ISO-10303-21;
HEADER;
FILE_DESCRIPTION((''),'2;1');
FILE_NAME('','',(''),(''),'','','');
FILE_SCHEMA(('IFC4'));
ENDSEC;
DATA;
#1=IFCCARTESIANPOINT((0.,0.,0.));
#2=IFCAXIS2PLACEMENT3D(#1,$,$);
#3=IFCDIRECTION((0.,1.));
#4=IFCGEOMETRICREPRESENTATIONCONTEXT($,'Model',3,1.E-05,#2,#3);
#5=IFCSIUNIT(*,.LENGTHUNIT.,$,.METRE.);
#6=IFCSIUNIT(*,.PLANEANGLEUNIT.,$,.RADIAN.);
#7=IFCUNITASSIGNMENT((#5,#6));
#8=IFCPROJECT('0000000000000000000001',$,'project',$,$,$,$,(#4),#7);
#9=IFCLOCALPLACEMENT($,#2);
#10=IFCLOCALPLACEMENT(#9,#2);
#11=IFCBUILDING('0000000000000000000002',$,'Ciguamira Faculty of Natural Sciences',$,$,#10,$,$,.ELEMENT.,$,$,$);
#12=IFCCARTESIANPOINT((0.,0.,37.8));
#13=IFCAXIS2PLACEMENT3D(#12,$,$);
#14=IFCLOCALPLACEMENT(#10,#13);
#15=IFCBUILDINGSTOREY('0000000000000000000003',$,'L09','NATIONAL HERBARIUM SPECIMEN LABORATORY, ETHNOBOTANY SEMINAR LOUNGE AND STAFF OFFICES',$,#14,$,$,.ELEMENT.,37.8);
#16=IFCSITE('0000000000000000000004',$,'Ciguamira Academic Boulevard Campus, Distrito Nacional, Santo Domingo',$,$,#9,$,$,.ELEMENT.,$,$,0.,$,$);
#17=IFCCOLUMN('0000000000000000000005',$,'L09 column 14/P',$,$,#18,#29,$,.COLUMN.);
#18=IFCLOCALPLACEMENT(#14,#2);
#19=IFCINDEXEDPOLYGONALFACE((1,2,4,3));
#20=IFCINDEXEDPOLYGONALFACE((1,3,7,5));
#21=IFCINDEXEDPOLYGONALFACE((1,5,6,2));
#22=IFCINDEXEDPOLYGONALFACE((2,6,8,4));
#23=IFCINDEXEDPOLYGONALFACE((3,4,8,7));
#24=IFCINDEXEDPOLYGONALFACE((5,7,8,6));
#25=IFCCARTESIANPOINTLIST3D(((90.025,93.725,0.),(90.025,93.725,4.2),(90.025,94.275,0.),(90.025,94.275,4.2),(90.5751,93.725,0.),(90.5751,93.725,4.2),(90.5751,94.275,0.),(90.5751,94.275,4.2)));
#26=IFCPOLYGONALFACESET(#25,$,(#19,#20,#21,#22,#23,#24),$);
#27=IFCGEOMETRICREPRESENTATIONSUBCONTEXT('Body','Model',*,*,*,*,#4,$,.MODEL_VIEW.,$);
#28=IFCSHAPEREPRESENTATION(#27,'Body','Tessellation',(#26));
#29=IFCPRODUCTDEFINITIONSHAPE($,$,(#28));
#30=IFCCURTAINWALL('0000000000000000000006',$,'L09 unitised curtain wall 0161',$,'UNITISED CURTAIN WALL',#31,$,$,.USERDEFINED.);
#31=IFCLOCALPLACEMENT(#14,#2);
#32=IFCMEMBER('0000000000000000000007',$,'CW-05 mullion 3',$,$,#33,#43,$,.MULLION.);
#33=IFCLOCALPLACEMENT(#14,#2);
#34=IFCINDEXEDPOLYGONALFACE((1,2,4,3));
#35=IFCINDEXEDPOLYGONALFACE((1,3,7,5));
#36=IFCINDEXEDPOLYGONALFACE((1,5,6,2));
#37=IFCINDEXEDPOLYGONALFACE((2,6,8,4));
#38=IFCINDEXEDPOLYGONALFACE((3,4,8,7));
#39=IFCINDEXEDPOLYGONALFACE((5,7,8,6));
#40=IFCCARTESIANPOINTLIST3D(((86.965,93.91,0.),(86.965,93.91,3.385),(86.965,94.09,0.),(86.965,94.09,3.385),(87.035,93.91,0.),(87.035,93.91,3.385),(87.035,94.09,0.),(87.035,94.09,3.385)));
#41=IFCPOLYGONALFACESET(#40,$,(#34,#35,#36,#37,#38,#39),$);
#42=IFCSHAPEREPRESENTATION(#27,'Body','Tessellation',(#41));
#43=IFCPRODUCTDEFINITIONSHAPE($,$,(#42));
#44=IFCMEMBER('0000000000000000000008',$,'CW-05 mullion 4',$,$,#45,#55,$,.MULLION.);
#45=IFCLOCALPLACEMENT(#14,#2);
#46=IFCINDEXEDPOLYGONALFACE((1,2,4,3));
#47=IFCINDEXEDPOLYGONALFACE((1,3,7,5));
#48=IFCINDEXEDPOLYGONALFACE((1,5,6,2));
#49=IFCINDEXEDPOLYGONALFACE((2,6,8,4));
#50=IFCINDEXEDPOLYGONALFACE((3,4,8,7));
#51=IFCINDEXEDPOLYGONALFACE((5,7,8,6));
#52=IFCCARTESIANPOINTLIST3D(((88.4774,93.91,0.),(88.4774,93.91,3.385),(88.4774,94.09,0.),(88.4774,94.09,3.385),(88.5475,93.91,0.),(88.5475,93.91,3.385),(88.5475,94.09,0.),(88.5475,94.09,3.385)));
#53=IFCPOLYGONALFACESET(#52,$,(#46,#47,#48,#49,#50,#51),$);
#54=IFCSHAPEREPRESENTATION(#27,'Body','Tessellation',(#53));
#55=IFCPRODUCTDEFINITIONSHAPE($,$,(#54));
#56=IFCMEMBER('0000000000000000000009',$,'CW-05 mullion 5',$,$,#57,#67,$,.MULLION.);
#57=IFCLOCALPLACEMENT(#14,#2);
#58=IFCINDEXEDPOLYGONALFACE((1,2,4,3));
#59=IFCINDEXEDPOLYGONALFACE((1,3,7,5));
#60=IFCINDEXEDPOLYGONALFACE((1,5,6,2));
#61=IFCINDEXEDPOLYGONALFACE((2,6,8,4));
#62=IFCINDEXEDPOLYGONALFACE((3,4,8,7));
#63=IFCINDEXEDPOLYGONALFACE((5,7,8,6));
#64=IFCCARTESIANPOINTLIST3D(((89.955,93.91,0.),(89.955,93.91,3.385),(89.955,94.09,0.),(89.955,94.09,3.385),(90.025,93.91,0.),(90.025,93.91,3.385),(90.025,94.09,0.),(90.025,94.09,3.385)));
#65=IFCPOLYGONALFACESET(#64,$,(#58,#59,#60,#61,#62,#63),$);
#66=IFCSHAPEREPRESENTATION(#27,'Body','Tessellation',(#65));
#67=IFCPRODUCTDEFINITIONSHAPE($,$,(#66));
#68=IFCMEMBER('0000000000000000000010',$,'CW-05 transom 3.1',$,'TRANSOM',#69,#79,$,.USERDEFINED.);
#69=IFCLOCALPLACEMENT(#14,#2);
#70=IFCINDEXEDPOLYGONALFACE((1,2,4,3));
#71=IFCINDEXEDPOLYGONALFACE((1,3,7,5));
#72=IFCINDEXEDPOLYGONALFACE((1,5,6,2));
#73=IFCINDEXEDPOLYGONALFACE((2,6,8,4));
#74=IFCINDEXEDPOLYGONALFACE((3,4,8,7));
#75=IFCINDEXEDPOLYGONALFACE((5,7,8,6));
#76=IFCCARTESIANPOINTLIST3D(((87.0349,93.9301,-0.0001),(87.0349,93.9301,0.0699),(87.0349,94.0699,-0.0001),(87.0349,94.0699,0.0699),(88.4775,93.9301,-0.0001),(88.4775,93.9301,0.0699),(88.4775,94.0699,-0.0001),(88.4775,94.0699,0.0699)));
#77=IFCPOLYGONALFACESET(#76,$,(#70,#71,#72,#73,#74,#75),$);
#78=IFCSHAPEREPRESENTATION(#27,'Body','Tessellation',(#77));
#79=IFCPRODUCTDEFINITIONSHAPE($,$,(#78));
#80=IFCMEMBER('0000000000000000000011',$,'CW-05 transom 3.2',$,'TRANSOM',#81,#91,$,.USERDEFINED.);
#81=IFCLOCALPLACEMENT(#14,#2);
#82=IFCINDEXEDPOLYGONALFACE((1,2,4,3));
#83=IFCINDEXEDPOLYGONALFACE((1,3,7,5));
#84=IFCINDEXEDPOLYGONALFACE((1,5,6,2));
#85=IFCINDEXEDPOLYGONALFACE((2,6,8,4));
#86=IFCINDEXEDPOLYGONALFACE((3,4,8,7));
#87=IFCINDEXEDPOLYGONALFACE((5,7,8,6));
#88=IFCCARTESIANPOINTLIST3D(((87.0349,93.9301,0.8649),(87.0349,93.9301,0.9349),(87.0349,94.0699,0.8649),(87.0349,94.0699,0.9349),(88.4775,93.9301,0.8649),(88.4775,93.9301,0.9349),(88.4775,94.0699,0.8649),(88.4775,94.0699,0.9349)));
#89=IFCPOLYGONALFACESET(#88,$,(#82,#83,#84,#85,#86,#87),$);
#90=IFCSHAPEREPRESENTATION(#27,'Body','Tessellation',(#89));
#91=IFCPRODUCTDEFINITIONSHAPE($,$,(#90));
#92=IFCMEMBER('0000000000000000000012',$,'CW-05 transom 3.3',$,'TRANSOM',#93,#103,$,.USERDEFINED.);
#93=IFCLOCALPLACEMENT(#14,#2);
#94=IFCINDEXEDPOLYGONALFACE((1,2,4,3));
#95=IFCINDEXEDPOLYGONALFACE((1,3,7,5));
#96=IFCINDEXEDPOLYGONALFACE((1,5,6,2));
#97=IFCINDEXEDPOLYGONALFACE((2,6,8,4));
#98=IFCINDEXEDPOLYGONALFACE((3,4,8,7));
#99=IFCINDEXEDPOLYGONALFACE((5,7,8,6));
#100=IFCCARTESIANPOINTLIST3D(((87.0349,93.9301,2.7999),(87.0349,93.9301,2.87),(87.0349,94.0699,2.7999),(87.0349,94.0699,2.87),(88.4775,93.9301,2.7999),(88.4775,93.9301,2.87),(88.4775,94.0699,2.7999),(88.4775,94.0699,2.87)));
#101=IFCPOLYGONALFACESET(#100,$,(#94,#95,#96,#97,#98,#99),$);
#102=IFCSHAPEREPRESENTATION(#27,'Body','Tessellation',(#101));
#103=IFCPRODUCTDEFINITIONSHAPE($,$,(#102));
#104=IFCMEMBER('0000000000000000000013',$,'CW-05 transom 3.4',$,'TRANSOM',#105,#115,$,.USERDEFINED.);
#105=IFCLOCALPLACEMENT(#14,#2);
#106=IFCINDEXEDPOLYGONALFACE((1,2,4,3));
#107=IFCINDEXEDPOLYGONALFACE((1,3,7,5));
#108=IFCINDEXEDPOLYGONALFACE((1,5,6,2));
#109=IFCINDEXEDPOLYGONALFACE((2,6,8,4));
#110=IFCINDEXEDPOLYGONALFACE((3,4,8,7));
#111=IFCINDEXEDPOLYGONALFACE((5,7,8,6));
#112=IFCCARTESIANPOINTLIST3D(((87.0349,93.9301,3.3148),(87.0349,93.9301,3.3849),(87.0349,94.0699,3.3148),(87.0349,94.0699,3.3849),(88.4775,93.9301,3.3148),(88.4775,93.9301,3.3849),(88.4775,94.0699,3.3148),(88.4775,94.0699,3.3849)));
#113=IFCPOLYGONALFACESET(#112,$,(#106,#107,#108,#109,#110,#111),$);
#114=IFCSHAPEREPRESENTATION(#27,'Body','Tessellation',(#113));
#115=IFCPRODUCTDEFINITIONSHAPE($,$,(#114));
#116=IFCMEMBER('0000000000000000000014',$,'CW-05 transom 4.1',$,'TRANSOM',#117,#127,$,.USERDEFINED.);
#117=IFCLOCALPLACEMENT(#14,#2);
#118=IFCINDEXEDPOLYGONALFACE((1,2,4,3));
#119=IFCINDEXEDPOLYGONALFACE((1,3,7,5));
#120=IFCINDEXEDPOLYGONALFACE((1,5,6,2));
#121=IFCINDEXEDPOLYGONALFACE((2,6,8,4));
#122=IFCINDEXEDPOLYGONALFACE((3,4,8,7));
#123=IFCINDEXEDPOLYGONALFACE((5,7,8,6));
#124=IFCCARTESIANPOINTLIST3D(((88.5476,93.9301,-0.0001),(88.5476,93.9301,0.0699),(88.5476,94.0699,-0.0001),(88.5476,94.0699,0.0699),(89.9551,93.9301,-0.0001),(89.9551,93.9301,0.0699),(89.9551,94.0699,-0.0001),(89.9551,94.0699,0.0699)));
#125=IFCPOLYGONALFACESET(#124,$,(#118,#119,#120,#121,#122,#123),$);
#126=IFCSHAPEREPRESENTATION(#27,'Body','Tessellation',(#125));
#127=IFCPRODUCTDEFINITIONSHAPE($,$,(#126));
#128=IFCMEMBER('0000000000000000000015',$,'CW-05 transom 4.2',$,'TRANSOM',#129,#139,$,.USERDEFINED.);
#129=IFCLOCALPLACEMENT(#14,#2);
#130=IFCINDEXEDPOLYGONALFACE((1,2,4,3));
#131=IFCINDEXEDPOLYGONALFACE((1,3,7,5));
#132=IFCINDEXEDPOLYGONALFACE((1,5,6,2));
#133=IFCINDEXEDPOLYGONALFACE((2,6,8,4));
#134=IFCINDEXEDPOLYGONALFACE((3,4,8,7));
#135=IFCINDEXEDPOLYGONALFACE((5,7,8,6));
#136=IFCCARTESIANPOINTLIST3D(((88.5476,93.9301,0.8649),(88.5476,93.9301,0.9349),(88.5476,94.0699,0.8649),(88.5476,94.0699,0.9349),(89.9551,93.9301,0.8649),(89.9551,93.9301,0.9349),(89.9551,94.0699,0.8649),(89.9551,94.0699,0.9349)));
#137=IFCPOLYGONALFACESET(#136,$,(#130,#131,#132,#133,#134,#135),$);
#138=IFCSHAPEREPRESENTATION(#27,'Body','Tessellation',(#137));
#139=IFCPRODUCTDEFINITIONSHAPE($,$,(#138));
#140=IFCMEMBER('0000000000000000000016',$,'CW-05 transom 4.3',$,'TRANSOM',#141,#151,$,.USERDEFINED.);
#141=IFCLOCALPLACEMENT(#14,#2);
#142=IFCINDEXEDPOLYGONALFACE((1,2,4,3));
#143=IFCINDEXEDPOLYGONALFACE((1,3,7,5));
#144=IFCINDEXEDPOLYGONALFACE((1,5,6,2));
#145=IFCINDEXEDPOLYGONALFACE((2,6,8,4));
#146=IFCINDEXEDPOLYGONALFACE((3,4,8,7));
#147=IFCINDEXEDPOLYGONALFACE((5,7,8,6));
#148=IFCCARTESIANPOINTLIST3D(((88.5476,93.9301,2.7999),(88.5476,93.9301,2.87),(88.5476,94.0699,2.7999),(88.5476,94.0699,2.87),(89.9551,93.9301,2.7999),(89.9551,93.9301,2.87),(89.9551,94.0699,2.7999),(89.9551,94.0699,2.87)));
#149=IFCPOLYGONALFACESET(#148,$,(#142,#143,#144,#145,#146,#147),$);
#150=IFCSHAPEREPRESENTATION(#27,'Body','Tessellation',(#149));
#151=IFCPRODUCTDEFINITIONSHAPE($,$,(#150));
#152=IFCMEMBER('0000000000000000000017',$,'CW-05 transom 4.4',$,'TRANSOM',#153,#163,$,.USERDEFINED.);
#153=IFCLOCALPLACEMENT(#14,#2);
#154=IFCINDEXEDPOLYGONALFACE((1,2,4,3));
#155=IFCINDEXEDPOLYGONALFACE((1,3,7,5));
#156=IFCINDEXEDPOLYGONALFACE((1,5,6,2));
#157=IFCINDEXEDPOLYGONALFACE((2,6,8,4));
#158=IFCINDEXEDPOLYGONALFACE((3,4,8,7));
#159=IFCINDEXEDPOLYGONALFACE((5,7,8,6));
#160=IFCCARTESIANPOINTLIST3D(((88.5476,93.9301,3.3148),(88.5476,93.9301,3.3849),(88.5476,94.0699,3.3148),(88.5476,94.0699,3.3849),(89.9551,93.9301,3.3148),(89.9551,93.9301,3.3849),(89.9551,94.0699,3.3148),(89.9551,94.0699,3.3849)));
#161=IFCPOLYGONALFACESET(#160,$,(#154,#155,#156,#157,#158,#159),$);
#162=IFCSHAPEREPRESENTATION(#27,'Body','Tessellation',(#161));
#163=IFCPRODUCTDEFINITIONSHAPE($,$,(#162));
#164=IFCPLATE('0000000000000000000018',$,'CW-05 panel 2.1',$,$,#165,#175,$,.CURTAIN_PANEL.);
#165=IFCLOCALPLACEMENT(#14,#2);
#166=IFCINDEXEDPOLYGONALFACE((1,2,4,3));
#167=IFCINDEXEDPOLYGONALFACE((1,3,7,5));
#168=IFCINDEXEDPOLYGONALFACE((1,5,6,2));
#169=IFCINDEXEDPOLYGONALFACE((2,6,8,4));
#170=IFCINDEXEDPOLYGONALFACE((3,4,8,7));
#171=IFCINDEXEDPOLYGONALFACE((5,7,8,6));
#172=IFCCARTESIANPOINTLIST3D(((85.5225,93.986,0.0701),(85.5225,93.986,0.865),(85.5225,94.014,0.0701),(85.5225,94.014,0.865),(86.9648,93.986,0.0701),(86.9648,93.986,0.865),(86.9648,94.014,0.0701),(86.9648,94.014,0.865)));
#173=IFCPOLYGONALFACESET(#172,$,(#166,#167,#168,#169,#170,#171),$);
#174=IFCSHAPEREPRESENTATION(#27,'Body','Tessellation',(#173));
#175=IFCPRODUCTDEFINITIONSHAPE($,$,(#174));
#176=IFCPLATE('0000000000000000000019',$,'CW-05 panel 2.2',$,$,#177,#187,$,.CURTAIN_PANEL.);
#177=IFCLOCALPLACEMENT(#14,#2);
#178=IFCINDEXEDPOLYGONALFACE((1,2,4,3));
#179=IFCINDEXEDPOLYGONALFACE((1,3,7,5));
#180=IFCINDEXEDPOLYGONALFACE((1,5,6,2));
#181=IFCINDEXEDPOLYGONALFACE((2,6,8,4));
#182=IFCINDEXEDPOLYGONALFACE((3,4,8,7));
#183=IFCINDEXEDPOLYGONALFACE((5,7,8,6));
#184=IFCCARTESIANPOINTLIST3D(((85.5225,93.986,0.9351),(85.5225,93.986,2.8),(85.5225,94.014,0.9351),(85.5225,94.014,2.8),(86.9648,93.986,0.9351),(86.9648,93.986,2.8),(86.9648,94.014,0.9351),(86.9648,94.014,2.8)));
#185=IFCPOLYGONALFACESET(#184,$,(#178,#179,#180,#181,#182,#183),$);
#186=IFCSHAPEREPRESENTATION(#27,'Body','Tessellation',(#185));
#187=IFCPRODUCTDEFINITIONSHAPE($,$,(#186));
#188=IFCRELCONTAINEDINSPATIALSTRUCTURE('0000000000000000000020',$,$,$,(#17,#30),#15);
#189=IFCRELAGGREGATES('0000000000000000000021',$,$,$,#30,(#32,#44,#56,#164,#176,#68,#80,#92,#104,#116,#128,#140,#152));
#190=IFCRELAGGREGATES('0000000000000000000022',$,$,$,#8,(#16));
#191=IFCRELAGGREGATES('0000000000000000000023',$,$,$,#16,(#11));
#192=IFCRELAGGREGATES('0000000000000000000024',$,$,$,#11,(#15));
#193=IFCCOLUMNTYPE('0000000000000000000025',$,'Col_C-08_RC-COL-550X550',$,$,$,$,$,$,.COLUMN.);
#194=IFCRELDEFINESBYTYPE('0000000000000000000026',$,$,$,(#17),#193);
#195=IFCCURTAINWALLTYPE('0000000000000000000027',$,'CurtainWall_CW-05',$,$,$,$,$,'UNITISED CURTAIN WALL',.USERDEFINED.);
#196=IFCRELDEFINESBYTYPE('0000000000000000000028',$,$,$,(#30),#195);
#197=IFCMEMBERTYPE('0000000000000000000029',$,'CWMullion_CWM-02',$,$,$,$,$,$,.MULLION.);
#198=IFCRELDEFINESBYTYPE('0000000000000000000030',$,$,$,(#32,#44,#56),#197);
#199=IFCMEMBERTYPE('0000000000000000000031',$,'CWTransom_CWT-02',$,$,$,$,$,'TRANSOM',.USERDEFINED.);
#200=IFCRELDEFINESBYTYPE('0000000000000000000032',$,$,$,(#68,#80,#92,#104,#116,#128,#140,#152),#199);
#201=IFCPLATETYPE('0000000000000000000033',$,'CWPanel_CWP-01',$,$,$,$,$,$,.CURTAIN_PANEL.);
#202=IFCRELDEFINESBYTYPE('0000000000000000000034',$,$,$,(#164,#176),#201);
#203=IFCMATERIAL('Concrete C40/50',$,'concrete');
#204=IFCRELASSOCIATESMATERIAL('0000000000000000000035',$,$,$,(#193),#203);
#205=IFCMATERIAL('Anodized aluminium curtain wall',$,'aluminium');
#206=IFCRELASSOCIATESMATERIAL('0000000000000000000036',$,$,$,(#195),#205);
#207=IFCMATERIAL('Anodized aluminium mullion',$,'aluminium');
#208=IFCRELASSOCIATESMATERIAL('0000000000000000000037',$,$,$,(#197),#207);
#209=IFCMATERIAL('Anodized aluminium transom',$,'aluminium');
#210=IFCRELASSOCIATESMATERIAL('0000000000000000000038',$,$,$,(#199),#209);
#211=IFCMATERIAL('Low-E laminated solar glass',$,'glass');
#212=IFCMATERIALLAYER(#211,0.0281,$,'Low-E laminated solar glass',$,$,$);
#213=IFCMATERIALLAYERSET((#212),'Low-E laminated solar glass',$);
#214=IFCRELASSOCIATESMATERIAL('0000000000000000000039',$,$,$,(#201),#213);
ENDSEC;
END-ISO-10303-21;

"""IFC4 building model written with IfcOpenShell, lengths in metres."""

from ifc_helpers import new_model, si_unit, direction, frame, origin, origin_2d, place, context, subcontext, project, spatial, rectangle, extrude, material, layer, layer_set, material_profile, profile_set, type_object, element, aggregate, save


model = new_model("IFC4")

# Units and contexts
model_context = context("Model", 3, precision=1e-05, world=origin(), true_north=direction((0.0, 1.0)))
body_context = subcontext(model_context, "Body", "Model", "MODEL_VIEW")
ifc_project = project(units=[si_unit("LENGTHUNIT", "METRE"), si_unit("PLANEANGLEUNIT", "RADIAN")], contexts=[model_context])

# Site, building, storey
site_placement = place(None, origin())
site = spatial("IfcSite", under=ifc_project, at=site_placement, Name="Ciguamira Academic Boulevard Campus, Distrito Nacional, Santo Domingo", CompositionType="ELEMENT", RefElevation=0.0)
building_placement = place(site_placement, origin())
building = spatial("IfcBuilding", under=site, at=building_placement, Name="Ciguamira Faculty of Natural Sciences", CompositionType="ELEMENT")
storey_placement = place(building_placement, frame((0.0, 0.0, 37.8)))
storey = spatial("IfcBuildingStorey", under=building, at=storey_placement, Name="L09", Description="NATIONAL HERBARIUM SPECIMEN LABORATORY, ETHNOBOTANY SEMINAR LOUNGE AND STAFF OFFICES", CompositionType="ELEMENT", Elevation=37.8)

# Column
ifc_material_1 = material(Name="Concrete C40/50", Category="concrete")
ifc_material_profile_1 = material_profile(ifc_material_1, rectangle(XDim=0.55, YDim=0.55, at=origin_2d()), Name="RC-COL-550X550")
ifc_profile_set_1 = profile_set([ifc_material_profile_1], Name="Concrete C40/50")
column_type = type_object("IfcColumnType", Name="Col_C-08_RC-COL-550X550", PredefinedType="COLUMN", material=ifc_profile_set_1)
column_placement = place(storey_placement, frame((90.3, 94.0, 0.0), z_axis=(0.0, 0.0, 1.0), x_axis=(1.0, 0.0, 0.0)))
element("IfcColumn", 1, at=column_placement, inside=storey, type_object=column_type, Name="L09 column 14/P", PredefinedType="COLUMN", context=body_context, shape_type="SweptSolid", body=[
    extrude(rectangle(XDim=0.55, YDim=0.55, at=origin_2d()), origin(), (0.0, 0.0, 1.0), 4.2),
])

# Curtain wall, members, plates
ifc_material_2 = material(Name="Anodized aluminium curtain wall", Category="aluminium")
curtain_wall_type = type_object("IfcCurtainWallType", Name="CurtainWall_CW-05", ElementType="UNITISED CURTAIN WALL", PredefinedType="USERDEFINED", material=ifc_material_2)
curtain_wall_placement = place(storey_placement, origin())
curtain_wall = element("IfcCurtainWall", 2, at=curtain_wall_placement, inside=storey, type_object=curtain_wall_type, Name="L09 unitised curtain wall 0161", ObjectType="UNITISED CURTAIN WALL", PredefinedType="USERDEFINED")
ifc_material_3 = material(Name="Anodized aluminium mullion", Category="aluminium")
ifc_material_profile_2 = material_profile(ifc_material_3, rectangle(XDim=0.0701, YDim=0.1799, at=origin_2d()), Name="ALU-MUL-70X180")
ifc_profile_set_2 = profile_set([ifc_material_profile_2], Name="Anodized aluminium mullion")
member_type_1 = type_object("IfcMemberType", Name="CWMullion_CWM-02", PredefinedType="MULLION", material=ifc_profile_set_2)
member_1_placement = place(storey_placement, frame((87.0, 94.0, 0.0), z_axis=(0.0, 0.0, 1.0), x_axis=(1.0, 0.0, 0.0)))
member_1 = element("IfcMember", 3, at=member_1_placement, type_object=member_type_1, Name="CW-05 mullion 3", PredefinedType="MULLION", context=body_context, shape_type="SweptSolid", body=[
    extrude(rectangle(XDim=0.0701, YDim=0.1799, at=origin_2d()), origin(), (0.0, 0.0, 1.0), 3.385),
])
member_2_placement = place(storey_placement, frame((88.5125, 94.0, 0.0), z_axis=(0.0, 0.0, 1.0), x_axis=(1.0, 0.0, 0.0)))
member_2 = element("IfcMember", 4, at=member_2_placement, type_object=member_type_1, Name="CW-05 mullion 4", PredefinedType="MULLION", context=body_context, shape_type="SweptSolid", body=[
    extrude(rectangle(XDim=0.0701, YDim=0.1799, at=origin_2d()), origin(), (0.0, 0.0, 1.0), 3.385),
])
member_3_placement = place(storey_placement, frame((89.99, 94.0, 0.0), z_axis=(0.0, 0.0, 1.0), x_axis=(1.0, 0.0, 0.0)))
member_3 = element("IfcMember", 5, at=member_3_placement, type_object=member_type_1, Name="CW-05 mullion 5", PredefinedType="MULLION", context=body_context, shape_type="SweptSolid", body=[
    extrude(rectangle(XDim=0.0701, YDim=0.1799, at=origin_2d()), origin(), (0.0, 0.0, 1.0), 3.385),
])
ifc_material_4 = material(Name="Anodized aluminium transom", Category="aluminium")
ifc_material_profile_3 = material_profile(ifc_material_4, rectangle(XDim=0.0701, YDim=0.1399, at=origin_2d()), Name="ALU-TRN-70X140")
ifc_profile_set_3 = profile_set([ifc_material_profile_3], Name="Anodized aluminium transom")
member_type_2 = type_object("IfcMemberType", Name="CWTransom_CWT-02", ElementType="TRANSOM", PredefinedType="USERDEFINED", material=ifc_profile_set_3)
member_4_placement = place(storey_placement, frame((87.0349, 94.0, 0.0349), z_axis=(1.0, 0.0, 0.0), x_axis=(0.0, 0.0, 1.0)))
member_4 = element("IfcMember", 6, at=member_4_placement, type_object=member_type_2, Name="CW-05 transom 3.1", ObjectType="TRANSOM", PredefinedType="USERDEFINED", context=body_context, shape_type="SweptSolid", body=[
    extrude(rectangle(XDim=0.0701, YDim=0.1399, at=origin_2d()), origin(), (0.0, 0.0, 1.0), 1.4426),
])
member_5_placement = place(storey_placement, frame((87.0349, 94.0, 0.8999), z_axis=(1.0, 0.0, 0.0), x_axis=(0.0, 0.0, 1.0)))
member_5 = element("IfcMember", 7, at=member_5_placement, type_object=member_type_2, Name="CW-05 transom 3.2", ObjectType="TRANSOM", PredefinedType="USERDEFINED", context=body_context, shape_type="SweptSolid", body=[
    extrude(rectangle(XDim=0.0701, YDim=0.1399, at=origin_2d()), origin(), (0.0, 0.0, 1.0), 1.4426),
])
member_6_placement = place(storey_placement, frame((87.0349, 94.0, 2.835), z_axis=(1.0, 0.0, 0.0), x_axis=(0.0, 0.0, 1.0)))
member_6 = element("IfcMember", 8, at=member_6_placement, type_object=member_type_2, Name="CW-05 transom 3.3", ObjectType="TRANSOM", PredefinedType="USERDEFINED", context=body_context, shape_type="SweptSolid", body=[
    extrude(rectangle(XDim=0.0701, YDim=0.1399, at=origin_2d()), origin(), (0.0, 0.0, 1.0), 1.4426),
])
member_7_placement = place(storey_placement, frame((87.0349, 94.0, 3.3499), z_axis=(1.0, 0.0, 0.0), x_axis=(0.0, 0.0, 1.0)))
member_7 = element("IfcMember", 9, at=member_7_placement, type_object=member_type_2, Name="CW-05 transom 3.4", ObjectType="TRANSOM", PredefinedType="USERDEFINED", context=body_context, shape_type="SweptSolid", body=[
    extrude(rectangle(XDim=0.0701, YDim=0.1399, at=origin_2d()), origin(), (0.0, 0.0, 1.0), 1.4426),
])
member_8_placement = place(storey_placement, frame((88.5476, 94.0, 0.0349), z_axis=(1.0, 0.0, 0.0), x_axis=(0.0, 0.0, 1.0)))
member_8 = element("IfcMember", 10, at=member_8_placement, type_object=member_type_2, Name="CW-05 transom 4.1", ObjectType="TRANSOM", PredefinedType="USERDEFINED", context=body_context, shape_type="SweptSolid", body=[
    extrude(rectangle(XDim=0.0701, YDim=0.1399, at=origin_2d()), origin(), (0.0, 0.0, 1.0), 1.4075),
])
member_9_placement = place(storey_placement, frame((88.5476, 94.0, 0.8999), z_axis=(1.0, 0.0, 0.0), x_axis=(0.0, 0.0, 1.0)))
member_9 = element("IfcMember", 11, at=member_9_placement, type_object=member_type_2, Name="CW-05 transom 4.2", ObjectType="TRANSOM", PredefinedType="USERDEFINED", context=body_context, shape_type="SweptSolid", body=[
    extrude(rectangle(XDim=0.0701, YDim=0.1399, at=origin_2d()), origin(), (0.0, 0.0, 1.0), 1.4075),
])
member_10_placement = place(storey_placement, frame((88.5476, 94.0, 2.835), z_axis=(1.0, 0.0, 0.0), x_axis=(0.0, 0.0, 1.0)))
member_10 = element("IfcMember", 12, at=member_10_placement, type_object=member_type_2, Name="CW-05 transom 4.3", ObjectType="TRANSOM", PredefinedType="USERDEFINED", context=body_context, shape_type="SweptSolid", body=[
    extrude(rectangle(XDim=0.0701, YDim=0.1399, at=origin_2d()), origin(), (0.0, 0.0, 1.0), 1.4075),
])
member_11_placement = place(storey_placement, frame((88.5476, 94.0, 3.3499), z_axis=(1.0, 0.0, 0.0), x_axis=(0.0, 0.0, 1.0)))
member_11 = element("IfcMember", 13, at=member_11_placement, type_object=member_type_2, Name="CW-05 transom 4.4", ObjectType="TRANSOM", PredefinedType="USERDEFINED", context=body_context, shape_type="SweptSolid", body=[
    extrude(rectangle(XDim=0.0701, YDim=0.1399, at=origin_2d()), origin(), (0.0, 0.0, 1.0), 1.4075),
])
ifc_material_5 = material(Name="Low-E laminated solar glass", Category="glass")
ifc_layer_1 = layer(ifc_material_5, 0.0281, Name="Low-E laminated solar glass")
ifc_layer_set_1 = layer_set([ifc_layer_1], Name="Low-E laminated solar glass")
plate_type = type_object("IfcPlateType", Name="CWPanel_CWP-01", PredefinedType="CURTAIN_PANEL", material=ifc_layer_set_1)
plate_1_placement = place(storey_placement, frame((86.2437, 94.0, 0.0701), z_axis=(0.0, 0.0, 1.0), x_axis=(1.0, 0.0, 0.0)))
plate_1 = element("IfcPlate", 14, at=plate_1_placement, type_object=plate_type, Name="CW-05 panel 2.1", PredefinedType="CURTAIN_PANEL", context=body_context, shape_type="SweptSolid", body=[
    extrude(rectangle(XDim=1.4424, YDim=0.0281, at=origin_2d()), origin(), (0.0, 0.0, 1.0), 0.7949),
])
plate_2_placement = place(storey_placement, frame((86.2437, 94.0, 0.9351), z_axis=(0.0, 0.0, 1.0), x_axis=(1.0, 0.0, 0.0)))
plate_2 = element("IfcPlate", 15, at=plate_2_placement, type_object=plate_type, Name="CW-05 panel 2.2", PredefinedType="CURTAIN_PANEL", context=body_context, shape_type="SweptSolid", body=[
    extrude(rectangle(XDim=1.4424, YDim=0.0281, at=origin_2d()), origin(), (0.0, 0.0, 1.0), 1.865),
])
aggregate(curtain_wall, [member_1, member_2, member_3, plate_1, plate_2, member_4, member_5, member_6, member_7, member_8, member_9, member_10, member_11])

save(model, "model.ifc")
